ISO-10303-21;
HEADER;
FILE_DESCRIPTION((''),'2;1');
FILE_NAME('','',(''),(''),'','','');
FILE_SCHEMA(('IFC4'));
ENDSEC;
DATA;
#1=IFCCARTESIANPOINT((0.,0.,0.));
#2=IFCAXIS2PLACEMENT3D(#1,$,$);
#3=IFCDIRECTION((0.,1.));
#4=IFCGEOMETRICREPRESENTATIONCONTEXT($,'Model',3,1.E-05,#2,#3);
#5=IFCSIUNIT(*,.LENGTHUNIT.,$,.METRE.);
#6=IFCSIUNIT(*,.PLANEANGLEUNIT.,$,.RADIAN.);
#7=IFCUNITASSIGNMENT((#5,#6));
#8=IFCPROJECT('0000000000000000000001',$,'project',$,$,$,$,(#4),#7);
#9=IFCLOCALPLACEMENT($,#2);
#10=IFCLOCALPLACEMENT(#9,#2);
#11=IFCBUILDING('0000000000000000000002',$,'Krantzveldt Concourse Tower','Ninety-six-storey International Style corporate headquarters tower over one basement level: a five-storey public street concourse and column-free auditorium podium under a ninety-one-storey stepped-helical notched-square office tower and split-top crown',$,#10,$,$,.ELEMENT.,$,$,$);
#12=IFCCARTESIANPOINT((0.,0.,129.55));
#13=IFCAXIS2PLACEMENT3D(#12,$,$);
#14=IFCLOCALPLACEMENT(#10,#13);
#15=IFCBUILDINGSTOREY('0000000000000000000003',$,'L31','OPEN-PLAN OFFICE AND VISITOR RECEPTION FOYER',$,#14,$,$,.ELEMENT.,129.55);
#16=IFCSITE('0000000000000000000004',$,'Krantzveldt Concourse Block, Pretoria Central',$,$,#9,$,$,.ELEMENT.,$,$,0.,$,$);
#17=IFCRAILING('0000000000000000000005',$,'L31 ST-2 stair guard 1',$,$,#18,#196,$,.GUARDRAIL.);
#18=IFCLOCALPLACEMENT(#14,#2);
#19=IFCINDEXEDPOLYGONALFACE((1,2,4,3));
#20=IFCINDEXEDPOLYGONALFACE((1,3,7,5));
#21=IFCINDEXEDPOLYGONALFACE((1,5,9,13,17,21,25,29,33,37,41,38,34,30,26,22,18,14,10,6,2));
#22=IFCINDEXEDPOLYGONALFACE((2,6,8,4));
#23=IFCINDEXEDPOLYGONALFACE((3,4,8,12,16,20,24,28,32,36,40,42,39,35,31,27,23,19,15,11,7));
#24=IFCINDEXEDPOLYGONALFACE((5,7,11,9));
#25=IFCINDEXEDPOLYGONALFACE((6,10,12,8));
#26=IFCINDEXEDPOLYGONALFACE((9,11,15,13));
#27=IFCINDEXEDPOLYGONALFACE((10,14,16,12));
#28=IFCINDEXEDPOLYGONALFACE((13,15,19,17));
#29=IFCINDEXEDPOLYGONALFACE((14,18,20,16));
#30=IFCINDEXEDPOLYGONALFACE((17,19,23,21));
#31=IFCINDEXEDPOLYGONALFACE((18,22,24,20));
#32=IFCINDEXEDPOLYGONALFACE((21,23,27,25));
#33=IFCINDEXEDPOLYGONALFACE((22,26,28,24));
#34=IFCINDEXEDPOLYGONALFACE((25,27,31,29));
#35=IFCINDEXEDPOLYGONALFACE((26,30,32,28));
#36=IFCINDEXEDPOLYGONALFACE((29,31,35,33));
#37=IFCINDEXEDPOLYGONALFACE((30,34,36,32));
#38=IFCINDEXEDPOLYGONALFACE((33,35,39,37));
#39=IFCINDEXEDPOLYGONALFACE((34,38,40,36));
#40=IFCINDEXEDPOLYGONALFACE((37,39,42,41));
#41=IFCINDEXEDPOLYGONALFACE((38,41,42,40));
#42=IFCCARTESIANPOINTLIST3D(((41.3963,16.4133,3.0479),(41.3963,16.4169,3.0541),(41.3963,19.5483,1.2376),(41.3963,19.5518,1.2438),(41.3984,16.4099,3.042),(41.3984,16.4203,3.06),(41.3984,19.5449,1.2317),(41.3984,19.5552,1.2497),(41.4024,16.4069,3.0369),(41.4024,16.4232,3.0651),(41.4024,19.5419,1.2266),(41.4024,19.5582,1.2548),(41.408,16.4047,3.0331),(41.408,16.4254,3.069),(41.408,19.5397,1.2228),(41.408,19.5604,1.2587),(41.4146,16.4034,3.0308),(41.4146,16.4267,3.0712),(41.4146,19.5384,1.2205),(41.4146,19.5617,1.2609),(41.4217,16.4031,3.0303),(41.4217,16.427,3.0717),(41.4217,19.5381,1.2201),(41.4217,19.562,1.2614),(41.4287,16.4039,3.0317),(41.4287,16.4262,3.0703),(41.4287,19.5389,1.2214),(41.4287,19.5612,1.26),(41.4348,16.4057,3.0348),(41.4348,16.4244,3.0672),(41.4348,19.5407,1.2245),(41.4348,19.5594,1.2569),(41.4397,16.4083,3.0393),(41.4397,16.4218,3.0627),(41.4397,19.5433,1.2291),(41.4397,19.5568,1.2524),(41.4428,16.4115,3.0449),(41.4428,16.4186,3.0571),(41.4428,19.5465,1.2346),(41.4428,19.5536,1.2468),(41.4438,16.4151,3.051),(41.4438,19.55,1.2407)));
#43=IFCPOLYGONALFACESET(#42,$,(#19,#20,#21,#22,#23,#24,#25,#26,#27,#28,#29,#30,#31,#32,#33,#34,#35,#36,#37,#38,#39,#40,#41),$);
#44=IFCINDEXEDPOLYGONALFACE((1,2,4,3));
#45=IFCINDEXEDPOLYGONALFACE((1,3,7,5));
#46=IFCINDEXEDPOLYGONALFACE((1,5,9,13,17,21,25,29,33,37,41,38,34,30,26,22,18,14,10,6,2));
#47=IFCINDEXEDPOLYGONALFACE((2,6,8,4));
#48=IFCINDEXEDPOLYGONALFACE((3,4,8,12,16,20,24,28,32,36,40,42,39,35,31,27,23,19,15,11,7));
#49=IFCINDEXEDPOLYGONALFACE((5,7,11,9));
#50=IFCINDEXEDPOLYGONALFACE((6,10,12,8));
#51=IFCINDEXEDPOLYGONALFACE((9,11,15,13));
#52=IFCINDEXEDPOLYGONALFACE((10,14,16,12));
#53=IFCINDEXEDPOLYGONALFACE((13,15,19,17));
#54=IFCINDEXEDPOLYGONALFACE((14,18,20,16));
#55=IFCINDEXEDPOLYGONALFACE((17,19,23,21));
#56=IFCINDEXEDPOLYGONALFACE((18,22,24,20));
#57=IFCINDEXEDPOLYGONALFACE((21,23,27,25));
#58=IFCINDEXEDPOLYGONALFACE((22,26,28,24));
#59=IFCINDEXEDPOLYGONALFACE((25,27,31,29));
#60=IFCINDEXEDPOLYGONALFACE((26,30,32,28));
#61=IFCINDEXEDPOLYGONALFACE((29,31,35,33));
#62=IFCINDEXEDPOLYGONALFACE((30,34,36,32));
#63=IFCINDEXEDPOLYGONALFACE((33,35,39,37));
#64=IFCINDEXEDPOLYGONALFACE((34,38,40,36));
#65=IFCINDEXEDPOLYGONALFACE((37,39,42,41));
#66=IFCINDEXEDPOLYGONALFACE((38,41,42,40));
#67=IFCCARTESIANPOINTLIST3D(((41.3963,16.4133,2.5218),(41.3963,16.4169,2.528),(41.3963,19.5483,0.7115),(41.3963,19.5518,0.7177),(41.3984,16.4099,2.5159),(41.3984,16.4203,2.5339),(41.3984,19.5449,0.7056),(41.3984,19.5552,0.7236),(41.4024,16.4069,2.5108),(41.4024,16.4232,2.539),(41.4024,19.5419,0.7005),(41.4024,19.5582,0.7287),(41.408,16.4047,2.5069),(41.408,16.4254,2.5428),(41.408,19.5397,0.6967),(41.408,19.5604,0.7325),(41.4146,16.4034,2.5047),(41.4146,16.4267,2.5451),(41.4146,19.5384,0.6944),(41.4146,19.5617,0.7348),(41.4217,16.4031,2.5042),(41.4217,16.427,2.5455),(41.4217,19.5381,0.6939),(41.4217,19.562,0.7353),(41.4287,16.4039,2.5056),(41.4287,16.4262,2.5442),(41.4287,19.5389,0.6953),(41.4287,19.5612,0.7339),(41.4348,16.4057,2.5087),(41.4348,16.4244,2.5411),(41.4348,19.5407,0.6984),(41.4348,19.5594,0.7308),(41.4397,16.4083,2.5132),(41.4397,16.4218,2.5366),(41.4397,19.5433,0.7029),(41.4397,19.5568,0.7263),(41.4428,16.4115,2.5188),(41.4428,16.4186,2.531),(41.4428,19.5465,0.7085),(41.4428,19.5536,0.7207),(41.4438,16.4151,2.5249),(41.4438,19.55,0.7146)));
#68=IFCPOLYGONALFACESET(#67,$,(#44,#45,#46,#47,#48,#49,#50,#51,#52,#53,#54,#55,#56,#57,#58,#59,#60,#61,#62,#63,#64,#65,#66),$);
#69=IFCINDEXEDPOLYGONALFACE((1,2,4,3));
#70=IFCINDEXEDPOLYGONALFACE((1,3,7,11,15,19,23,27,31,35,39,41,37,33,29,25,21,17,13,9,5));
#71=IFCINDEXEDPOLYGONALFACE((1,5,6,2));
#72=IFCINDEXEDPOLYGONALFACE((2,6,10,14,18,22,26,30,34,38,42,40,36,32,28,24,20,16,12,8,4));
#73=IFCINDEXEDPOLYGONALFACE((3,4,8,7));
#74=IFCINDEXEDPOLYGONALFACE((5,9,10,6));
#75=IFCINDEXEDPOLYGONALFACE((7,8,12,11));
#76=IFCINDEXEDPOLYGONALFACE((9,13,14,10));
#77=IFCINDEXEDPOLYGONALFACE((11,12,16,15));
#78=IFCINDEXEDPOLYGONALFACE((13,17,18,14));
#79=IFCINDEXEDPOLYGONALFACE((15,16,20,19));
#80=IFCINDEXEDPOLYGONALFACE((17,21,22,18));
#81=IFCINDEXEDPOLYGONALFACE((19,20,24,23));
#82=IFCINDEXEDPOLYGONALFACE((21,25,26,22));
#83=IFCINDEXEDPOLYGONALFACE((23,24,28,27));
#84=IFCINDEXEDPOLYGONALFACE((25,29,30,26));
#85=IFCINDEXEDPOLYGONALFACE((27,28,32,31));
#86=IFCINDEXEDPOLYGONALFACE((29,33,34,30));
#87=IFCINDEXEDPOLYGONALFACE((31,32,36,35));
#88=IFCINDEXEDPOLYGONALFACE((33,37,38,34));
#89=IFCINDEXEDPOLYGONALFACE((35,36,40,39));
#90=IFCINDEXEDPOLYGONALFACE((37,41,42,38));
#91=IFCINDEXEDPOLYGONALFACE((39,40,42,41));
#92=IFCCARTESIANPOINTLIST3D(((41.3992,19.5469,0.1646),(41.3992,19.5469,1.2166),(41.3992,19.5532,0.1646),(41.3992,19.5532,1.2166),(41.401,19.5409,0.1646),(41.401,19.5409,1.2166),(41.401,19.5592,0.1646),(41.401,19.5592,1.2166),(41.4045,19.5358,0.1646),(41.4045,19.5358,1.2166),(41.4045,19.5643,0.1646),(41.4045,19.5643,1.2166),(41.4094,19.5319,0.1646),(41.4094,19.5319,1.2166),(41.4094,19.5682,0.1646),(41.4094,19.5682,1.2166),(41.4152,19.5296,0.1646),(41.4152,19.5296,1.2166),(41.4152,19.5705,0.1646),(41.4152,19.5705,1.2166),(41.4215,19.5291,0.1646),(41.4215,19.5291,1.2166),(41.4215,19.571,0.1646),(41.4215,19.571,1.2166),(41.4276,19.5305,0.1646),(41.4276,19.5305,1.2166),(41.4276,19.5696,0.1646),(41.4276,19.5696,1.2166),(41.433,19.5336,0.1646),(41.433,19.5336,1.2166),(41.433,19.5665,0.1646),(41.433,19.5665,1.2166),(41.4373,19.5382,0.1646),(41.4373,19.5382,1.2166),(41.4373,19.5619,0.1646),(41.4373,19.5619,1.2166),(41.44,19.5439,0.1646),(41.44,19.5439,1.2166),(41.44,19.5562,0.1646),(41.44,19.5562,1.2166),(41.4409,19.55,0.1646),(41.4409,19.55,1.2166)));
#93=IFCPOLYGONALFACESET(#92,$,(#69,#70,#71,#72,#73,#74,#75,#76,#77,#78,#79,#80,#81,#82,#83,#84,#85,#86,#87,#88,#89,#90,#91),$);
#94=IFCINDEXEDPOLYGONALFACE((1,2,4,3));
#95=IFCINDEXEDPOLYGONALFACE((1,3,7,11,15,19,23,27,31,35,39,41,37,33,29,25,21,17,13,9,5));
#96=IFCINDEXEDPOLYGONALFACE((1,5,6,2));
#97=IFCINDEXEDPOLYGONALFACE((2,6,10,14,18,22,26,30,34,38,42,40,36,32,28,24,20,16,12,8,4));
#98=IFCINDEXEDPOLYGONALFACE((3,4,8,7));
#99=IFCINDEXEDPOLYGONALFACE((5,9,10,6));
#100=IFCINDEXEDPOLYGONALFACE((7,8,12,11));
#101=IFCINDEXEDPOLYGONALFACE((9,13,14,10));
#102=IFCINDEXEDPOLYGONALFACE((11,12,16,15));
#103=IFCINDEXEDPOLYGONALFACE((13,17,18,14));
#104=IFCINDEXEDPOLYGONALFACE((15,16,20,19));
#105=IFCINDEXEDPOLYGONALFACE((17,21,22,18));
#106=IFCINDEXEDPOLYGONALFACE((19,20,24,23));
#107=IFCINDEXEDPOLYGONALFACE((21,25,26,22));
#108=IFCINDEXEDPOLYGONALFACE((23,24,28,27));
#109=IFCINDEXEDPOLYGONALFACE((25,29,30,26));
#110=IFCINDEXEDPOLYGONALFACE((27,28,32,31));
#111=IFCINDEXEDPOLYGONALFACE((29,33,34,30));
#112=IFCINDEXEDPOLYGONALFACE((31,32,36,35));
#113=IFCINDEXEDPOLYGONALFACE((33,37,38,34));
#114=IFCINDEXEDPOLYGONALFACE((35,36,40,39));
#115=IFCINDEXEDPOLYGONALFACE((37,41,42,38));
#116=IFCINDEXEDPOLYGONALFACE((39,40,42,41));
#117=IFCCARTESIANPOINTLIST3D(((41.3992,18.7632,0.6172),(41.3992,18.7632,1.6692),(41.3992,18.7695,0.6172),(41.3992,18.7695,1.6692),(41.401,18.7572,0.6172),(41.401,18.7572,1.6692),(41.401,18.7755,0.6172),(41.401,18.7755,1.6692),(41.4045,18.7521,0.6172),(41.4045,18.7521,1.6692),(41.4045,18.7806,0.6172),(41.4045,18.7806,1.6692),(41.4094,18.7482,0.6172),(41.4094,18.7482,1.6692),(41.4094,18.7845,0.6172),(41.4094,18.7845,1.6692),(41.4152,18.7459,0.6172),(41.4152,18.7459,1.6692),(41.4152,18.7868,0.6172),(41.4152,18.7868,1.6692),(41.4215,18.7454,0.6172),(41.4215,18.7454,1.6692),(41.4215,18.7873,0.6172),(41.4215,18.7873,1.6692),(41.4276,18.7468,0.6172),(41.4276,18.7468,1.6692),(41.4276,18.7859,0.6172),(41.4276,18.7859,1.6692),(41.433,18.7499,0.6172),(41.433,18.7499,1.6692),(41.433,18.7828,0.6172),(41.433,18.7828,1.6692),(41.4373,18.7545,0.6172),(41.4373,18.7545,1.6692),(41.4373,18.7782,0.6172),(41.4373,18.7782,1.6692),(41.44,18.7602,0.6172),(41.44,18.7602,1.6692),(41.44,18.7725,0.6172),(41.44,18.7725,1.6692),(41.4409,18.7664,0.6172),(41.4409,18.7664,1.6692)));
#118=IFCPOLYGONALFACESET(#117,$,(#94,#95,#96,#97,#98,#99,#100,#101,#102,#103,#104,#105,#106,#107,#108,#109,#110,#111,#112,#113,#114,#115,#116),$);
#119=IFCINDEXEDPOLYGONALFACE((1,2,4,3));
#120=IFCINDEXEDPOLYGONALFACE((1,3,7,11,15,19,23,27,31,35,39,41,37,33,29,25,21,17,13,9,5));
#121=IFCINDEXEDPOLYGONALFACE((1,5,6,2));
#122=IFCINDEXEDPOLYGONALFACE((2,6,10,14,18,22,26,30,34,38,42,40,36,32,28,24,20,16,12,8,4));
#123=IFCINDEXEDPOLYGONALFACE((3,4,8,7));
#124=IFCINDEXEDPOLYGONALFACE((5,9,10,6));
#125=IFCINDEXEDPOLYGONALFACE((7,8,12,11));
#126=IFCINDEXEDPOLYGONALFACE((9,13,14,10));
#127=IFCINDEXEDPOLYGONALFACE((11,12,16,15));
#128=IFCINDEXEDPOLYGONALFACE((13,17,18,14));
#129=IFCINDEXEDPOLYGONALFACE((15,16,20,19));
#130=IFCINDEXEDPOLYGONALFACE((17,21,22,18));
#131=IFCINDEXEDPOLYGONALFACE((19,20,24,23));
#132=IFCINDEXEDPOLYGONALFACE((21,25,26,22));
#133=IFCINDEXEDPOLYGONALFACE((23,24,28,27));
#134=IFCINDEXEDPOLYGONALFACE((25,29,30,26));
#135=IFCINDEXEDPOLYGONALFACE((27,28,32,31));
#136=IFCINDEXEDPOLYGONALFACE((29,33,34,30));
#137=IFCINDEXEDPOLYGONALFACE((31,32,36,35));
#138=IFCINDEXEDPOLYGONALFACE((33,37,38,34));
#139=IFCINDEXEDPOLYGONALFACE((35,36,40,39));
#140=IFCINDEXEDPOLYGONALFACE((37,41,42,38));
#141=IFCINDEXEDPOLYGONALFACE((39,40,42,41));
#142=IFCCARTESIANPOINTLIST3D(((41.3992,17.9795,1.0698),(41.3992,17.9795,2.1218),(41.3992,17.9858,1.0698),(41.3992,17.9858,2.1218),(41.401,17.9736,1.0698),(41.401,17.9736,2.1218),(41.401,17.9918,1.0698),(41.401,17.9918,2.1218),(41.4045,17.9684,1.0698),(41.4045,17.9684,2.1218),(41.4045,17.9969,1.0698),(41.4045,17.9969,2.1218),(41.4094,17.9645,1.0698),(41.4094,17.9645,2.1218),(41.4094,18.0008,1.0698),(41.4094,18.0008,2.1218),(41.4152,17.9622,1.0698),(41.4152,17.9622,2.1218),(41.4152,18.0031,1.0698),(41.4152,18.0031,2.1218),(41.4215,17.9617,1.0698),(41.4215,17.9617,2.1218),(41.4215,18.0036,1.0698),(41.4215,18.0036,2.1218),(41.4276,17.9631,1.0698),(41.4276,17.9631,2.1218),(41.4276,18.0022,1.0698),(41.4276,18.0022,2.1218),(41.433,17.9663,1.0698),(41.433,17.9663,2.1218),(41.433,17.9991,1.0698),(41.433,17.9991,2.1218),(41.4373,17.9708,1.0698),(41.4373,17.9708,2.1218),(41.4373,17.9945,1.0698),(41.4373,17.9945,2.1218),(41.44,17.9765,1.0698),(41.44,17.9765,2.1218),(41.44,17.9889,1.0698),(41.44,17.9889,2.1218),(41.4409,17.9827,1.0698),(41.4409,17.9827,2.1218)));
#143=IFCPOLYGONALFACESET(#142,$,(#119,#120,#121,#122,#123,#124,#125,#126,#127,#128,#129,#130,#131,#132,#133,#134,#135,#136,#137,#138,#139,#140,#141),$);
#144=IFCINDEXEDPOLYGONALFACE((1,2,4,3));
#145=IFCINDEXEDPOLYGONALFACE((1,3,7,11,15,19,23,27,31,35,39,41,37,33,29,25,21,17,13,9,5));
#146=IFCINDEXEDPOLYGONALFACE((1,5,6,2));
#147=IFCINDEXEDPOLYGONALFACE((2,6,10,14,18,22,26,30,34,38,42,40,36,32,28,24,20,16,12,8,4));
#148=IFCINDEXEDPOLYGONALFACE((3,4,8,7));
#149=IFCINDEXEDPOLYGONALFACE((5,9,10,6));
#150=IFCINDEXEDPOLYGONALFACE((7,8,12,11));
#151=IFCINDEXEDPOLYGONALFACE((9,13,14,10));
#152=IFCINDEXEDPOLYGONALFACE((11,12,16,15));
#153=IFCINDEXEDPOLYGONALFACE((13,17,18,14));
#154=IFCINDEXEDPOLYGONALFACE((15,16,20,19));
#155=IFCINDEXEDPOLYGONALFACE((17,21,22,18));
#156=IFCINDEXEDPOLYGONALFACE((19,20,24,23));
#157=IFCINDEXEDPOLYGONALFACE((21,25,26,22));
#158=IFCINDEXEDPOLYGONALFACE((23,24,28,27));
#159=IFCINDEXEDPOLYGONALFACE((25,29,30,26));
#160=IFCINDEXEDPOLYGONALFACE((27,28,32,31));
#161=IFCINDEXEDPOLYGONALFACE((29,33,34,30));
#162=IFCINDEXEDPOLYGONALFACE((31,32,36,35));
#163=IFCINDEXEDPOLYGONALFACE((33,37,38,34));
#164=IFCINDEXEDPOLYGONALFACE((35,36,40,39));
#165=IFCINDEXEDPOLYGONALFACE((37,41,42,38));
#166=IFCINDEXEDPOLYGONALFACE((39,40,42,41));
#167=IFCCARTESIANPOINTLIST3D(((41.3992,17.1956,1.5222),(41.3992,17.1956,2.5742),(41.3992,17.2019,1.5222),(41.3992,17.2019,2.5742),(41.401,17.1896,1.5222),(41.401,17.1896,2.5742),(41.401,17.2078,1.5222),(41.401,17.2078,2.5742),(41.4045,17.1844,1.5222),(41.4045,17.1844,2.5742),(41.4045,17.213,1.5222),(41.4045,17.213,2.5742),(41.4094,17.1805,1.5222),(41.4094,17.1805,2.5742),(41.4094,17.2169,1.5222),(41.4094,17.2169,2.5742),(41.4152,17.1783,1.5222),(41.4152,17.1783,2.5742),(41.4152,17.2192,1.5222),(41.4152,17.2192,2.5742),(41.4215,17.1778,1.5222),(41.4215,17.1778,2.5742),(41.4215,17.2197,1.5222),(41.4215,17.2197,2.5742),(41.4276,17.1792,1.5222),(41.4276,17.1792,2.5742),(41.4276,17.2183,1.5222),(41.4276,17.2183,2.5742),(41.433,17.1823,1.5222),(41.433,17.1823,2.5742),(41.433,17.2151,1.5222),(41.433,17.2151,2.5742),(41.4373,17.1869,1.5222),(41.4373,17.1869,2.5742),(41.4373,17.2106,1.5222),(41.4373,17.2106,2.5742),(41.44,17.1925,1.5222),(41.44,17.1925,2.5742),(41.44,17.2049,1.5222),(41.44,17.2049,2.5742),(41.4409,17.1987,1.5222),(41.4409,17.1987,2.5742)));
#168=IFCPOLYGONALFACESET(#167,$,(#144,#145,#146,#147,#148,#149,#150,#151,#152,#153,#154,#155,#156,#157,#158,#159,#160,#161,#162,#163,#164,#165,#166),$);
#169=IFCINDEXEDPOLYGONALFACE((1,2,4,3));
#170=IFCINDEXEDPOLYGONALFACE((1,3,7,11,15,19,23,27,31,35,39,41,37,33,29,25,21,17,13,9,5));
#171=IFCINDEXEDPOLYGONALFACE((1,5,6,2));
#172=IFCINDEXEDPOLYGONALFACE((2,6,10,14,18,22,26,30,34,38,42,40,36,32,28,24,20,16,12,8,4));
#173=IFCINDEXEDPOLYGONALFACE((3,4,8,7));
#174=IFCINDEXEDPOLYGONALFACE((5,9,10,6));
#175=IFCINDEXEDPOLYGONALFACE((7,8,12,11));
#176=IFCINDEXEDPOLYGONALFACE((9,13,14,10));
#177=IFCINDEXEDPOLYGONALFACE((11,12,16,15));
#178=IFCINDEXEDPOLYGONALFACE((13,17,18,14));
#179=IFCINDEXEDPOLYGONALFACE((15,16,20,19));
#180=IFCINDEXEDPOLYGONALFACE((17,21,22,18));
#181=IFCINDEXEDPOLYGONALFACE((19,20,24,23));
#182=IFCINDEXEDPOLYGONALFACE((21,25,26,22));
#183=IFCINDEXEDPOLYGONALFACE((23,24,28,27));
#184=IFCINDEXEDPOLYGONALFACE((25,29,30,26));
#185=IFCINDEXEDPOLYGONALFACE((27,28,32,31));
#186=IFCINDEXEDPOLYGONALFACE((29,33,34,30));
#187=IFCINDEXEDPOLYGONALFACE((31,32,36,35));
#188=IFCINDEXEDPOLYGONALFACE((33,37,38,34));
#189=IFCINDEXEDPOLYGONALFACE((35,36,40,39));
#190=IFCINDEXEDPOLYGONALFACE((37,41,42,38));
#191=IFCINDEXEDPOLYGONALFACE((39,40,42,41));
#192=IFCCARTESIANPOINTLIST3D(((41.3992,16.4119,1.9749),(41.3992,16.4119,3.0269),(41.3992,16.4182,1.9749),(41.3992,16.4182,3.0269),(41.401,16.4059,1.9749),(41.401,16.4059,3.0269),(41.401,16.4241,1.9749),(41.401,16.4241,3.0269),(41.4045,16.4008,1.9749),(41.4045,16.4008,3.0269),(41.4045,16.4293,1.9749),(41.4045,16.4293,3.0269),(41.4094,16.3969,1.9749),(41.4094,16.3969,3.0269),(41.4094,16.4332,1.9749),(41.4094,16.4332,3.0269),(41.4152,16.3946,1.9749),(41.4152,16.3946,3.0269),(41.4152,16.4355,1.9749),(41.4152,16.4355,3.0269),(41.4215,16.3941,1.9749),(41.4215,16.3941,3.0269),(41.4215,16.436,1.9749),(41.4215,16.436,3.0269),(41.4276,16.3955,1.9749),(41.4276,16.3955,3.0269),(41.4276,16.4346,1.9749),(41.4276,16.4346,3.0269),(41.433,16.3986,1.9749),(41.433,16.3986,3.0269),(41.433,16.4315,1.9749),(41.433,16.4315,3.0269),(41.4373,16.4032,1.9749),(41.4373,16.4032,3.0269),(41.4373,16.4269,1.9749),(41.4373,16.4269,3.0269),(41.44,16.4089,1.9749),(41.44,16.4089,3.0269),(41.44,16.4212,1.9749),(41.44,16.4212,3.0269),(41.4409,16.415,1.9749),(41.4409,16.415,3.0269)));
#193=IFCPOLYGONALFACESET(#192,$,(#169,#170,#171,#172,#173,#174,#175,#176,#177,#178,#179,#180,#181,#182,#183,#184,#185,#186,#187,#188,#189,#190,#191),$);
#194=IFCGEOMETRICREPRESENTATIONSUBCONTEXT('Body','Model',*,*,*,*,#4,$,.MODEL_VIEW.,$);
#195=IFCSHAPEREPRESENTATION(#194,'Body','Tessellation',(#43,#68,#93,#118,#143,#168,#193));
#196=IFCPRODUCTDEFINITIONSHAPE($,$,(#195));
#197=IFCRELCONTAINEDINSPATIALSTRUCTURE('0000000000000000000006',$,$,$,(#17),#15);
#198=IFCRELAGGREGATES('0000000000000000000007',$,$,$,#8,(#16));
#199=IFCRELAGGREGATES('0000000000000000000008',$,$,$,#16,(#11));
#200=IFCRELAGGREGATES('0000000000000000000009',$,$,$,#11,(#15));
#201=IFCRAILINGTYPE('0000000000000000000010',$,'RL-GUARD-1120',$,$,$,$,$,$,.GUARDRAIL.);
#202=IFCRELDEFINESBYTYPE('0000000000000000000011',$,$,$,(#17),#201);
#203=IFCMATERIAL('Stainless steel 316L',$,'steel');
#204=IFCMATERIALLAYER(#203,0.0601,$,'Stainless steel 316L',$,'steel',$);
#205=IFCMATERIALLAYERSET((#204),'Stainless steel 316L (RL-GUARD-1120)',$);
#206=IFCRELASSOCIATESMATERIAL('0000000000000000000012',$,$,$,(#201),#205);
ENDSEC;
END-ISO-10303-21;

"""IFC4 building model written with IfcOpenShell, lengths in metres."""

from ifc_helpers import new_model, si_unit, direction, frame, origin, origin_2d, place, context, subcontext, project, spatial, circle, extrude, material, layer, layer_set, type_object, element, save


model = new_model("IFC4")

# Units and contexts
model_context = context("Model", 3, precision=1e-05, world=origin(), true_north=direction((0.0, 1.0)))
body_context = subcontext(model_context, "Body", "Model", "MODEL_VIEW")
ifc_project = project(units=[si_unit("LENGTHUNIT", "METRE"), si_unit("PLANEANGLEUNIT", "RADIAN")], contexts=[model_context])

# Site, building, storey
site_placement = place(None, origin())
site = spatial("IfcSite", under=ifc_project, at=site_placement, Name="Krantzveldt Concourse Block, Pretoria Central", CompositionType="ELEMENT", RefElevation=0.0)
building_placement = place(site_placement, origin())
building = spatial("IfcBuilding", under=site, at=building_placement, Name="Krantzveldt Concourse Tower", Description="Ninety-six-storey International Style corporate headquarters tower over one basement level: a five-storey public street concourse and column-free auditorium podium under a ninety-one-storey stepped-helical notched-square office tower and split-top crown", CompositionType="ELEMENT")
storey_placement = place(building_placement, frame((0.0, 0.0, 129.55)))
storey = spatial("IfcBuildingStorey", under=building, at=storey_placement, Name="L31", Description="OPEN-PLAN OFFICE AND VISITOR RECEPTION FOYER", CompositionType="ELEMENT", Elevation=129.55)

# Shared definitions
ifc_material_1 = material(Name="Stainless steel 316L", Category="steel")

# Railing
ifc_layer_1 = layer(ifc_material_1, 0.0601, Name="Stainless steel 316L", Category="steel")
ifc_layer_set_1 = layer_set([ifc_layer_1], Name="Stainless steel 316L (RL-GUARD-1120)")
railing_type_1 = type_object("IfcRailingType", Name="RL-GUARD-1120", PredefinedType="GUARDRAIL", material=ifc_layer_set_1)
railing_1_placement = place(storey_placement, frame((41.4199, 19.55, 0.1646)))
element("IfcRailing", 1, at=railing_1_placement, inside=storey, type_object=railing_type_1, Name="L31 ST-2 stair guard 1", PredefinedType="GUARDRAIL", context=body_context, shape_type="SweptSolid", body=[
    extrude(circle(Radius=0.0239, at=origin_2d()), frame((0.0, 0.0, 1.0762), z_axis=(0.0, -0.865989, 0.500063), x_axis=(1.0, 0.0, 0.0)), (0.0, 0.0, 1.0), 3.6201),
    extrude(circle(Radius=0.0239, at=origin_2d()), frame((0.0, 0.0, 0.55), z_axis=(0.0, -0.865989, 0.500063), x_axis=(1.0, 0.0, 0.0)), (0.0, 0.0, 1.0), 3.6201),
    extrude(circle(Radius=0.021, at=origin_2d()), origin(), (0.0, 0.0, 1.0), 1.052),
    extrude(circle(Radius=0.021, at=origin_2d()), frame((0.0, -0.7837, 0.4526)), (0.0, 0.0, 1.0), 1.052),
    extrude(circle(Radius=0.021, at=origin_2d()), frame((0.0, -1.5674, 0.9053)), (0.0, 0.0, 1.0), 1.052),
    extrude(circle(Radius=0.021, at=origin_2d()), frame((0.0, -2.3513, 1.3577)), (0.0, 0.0, 1.0), 1.052),
    extrude(circle(Radius=0.021, at=origin_2d()), frame((0.0, -3.135, 1.8103)), (0.0, 0.0, 1.0), 1.052),
])

save(model, "model.ifc")
